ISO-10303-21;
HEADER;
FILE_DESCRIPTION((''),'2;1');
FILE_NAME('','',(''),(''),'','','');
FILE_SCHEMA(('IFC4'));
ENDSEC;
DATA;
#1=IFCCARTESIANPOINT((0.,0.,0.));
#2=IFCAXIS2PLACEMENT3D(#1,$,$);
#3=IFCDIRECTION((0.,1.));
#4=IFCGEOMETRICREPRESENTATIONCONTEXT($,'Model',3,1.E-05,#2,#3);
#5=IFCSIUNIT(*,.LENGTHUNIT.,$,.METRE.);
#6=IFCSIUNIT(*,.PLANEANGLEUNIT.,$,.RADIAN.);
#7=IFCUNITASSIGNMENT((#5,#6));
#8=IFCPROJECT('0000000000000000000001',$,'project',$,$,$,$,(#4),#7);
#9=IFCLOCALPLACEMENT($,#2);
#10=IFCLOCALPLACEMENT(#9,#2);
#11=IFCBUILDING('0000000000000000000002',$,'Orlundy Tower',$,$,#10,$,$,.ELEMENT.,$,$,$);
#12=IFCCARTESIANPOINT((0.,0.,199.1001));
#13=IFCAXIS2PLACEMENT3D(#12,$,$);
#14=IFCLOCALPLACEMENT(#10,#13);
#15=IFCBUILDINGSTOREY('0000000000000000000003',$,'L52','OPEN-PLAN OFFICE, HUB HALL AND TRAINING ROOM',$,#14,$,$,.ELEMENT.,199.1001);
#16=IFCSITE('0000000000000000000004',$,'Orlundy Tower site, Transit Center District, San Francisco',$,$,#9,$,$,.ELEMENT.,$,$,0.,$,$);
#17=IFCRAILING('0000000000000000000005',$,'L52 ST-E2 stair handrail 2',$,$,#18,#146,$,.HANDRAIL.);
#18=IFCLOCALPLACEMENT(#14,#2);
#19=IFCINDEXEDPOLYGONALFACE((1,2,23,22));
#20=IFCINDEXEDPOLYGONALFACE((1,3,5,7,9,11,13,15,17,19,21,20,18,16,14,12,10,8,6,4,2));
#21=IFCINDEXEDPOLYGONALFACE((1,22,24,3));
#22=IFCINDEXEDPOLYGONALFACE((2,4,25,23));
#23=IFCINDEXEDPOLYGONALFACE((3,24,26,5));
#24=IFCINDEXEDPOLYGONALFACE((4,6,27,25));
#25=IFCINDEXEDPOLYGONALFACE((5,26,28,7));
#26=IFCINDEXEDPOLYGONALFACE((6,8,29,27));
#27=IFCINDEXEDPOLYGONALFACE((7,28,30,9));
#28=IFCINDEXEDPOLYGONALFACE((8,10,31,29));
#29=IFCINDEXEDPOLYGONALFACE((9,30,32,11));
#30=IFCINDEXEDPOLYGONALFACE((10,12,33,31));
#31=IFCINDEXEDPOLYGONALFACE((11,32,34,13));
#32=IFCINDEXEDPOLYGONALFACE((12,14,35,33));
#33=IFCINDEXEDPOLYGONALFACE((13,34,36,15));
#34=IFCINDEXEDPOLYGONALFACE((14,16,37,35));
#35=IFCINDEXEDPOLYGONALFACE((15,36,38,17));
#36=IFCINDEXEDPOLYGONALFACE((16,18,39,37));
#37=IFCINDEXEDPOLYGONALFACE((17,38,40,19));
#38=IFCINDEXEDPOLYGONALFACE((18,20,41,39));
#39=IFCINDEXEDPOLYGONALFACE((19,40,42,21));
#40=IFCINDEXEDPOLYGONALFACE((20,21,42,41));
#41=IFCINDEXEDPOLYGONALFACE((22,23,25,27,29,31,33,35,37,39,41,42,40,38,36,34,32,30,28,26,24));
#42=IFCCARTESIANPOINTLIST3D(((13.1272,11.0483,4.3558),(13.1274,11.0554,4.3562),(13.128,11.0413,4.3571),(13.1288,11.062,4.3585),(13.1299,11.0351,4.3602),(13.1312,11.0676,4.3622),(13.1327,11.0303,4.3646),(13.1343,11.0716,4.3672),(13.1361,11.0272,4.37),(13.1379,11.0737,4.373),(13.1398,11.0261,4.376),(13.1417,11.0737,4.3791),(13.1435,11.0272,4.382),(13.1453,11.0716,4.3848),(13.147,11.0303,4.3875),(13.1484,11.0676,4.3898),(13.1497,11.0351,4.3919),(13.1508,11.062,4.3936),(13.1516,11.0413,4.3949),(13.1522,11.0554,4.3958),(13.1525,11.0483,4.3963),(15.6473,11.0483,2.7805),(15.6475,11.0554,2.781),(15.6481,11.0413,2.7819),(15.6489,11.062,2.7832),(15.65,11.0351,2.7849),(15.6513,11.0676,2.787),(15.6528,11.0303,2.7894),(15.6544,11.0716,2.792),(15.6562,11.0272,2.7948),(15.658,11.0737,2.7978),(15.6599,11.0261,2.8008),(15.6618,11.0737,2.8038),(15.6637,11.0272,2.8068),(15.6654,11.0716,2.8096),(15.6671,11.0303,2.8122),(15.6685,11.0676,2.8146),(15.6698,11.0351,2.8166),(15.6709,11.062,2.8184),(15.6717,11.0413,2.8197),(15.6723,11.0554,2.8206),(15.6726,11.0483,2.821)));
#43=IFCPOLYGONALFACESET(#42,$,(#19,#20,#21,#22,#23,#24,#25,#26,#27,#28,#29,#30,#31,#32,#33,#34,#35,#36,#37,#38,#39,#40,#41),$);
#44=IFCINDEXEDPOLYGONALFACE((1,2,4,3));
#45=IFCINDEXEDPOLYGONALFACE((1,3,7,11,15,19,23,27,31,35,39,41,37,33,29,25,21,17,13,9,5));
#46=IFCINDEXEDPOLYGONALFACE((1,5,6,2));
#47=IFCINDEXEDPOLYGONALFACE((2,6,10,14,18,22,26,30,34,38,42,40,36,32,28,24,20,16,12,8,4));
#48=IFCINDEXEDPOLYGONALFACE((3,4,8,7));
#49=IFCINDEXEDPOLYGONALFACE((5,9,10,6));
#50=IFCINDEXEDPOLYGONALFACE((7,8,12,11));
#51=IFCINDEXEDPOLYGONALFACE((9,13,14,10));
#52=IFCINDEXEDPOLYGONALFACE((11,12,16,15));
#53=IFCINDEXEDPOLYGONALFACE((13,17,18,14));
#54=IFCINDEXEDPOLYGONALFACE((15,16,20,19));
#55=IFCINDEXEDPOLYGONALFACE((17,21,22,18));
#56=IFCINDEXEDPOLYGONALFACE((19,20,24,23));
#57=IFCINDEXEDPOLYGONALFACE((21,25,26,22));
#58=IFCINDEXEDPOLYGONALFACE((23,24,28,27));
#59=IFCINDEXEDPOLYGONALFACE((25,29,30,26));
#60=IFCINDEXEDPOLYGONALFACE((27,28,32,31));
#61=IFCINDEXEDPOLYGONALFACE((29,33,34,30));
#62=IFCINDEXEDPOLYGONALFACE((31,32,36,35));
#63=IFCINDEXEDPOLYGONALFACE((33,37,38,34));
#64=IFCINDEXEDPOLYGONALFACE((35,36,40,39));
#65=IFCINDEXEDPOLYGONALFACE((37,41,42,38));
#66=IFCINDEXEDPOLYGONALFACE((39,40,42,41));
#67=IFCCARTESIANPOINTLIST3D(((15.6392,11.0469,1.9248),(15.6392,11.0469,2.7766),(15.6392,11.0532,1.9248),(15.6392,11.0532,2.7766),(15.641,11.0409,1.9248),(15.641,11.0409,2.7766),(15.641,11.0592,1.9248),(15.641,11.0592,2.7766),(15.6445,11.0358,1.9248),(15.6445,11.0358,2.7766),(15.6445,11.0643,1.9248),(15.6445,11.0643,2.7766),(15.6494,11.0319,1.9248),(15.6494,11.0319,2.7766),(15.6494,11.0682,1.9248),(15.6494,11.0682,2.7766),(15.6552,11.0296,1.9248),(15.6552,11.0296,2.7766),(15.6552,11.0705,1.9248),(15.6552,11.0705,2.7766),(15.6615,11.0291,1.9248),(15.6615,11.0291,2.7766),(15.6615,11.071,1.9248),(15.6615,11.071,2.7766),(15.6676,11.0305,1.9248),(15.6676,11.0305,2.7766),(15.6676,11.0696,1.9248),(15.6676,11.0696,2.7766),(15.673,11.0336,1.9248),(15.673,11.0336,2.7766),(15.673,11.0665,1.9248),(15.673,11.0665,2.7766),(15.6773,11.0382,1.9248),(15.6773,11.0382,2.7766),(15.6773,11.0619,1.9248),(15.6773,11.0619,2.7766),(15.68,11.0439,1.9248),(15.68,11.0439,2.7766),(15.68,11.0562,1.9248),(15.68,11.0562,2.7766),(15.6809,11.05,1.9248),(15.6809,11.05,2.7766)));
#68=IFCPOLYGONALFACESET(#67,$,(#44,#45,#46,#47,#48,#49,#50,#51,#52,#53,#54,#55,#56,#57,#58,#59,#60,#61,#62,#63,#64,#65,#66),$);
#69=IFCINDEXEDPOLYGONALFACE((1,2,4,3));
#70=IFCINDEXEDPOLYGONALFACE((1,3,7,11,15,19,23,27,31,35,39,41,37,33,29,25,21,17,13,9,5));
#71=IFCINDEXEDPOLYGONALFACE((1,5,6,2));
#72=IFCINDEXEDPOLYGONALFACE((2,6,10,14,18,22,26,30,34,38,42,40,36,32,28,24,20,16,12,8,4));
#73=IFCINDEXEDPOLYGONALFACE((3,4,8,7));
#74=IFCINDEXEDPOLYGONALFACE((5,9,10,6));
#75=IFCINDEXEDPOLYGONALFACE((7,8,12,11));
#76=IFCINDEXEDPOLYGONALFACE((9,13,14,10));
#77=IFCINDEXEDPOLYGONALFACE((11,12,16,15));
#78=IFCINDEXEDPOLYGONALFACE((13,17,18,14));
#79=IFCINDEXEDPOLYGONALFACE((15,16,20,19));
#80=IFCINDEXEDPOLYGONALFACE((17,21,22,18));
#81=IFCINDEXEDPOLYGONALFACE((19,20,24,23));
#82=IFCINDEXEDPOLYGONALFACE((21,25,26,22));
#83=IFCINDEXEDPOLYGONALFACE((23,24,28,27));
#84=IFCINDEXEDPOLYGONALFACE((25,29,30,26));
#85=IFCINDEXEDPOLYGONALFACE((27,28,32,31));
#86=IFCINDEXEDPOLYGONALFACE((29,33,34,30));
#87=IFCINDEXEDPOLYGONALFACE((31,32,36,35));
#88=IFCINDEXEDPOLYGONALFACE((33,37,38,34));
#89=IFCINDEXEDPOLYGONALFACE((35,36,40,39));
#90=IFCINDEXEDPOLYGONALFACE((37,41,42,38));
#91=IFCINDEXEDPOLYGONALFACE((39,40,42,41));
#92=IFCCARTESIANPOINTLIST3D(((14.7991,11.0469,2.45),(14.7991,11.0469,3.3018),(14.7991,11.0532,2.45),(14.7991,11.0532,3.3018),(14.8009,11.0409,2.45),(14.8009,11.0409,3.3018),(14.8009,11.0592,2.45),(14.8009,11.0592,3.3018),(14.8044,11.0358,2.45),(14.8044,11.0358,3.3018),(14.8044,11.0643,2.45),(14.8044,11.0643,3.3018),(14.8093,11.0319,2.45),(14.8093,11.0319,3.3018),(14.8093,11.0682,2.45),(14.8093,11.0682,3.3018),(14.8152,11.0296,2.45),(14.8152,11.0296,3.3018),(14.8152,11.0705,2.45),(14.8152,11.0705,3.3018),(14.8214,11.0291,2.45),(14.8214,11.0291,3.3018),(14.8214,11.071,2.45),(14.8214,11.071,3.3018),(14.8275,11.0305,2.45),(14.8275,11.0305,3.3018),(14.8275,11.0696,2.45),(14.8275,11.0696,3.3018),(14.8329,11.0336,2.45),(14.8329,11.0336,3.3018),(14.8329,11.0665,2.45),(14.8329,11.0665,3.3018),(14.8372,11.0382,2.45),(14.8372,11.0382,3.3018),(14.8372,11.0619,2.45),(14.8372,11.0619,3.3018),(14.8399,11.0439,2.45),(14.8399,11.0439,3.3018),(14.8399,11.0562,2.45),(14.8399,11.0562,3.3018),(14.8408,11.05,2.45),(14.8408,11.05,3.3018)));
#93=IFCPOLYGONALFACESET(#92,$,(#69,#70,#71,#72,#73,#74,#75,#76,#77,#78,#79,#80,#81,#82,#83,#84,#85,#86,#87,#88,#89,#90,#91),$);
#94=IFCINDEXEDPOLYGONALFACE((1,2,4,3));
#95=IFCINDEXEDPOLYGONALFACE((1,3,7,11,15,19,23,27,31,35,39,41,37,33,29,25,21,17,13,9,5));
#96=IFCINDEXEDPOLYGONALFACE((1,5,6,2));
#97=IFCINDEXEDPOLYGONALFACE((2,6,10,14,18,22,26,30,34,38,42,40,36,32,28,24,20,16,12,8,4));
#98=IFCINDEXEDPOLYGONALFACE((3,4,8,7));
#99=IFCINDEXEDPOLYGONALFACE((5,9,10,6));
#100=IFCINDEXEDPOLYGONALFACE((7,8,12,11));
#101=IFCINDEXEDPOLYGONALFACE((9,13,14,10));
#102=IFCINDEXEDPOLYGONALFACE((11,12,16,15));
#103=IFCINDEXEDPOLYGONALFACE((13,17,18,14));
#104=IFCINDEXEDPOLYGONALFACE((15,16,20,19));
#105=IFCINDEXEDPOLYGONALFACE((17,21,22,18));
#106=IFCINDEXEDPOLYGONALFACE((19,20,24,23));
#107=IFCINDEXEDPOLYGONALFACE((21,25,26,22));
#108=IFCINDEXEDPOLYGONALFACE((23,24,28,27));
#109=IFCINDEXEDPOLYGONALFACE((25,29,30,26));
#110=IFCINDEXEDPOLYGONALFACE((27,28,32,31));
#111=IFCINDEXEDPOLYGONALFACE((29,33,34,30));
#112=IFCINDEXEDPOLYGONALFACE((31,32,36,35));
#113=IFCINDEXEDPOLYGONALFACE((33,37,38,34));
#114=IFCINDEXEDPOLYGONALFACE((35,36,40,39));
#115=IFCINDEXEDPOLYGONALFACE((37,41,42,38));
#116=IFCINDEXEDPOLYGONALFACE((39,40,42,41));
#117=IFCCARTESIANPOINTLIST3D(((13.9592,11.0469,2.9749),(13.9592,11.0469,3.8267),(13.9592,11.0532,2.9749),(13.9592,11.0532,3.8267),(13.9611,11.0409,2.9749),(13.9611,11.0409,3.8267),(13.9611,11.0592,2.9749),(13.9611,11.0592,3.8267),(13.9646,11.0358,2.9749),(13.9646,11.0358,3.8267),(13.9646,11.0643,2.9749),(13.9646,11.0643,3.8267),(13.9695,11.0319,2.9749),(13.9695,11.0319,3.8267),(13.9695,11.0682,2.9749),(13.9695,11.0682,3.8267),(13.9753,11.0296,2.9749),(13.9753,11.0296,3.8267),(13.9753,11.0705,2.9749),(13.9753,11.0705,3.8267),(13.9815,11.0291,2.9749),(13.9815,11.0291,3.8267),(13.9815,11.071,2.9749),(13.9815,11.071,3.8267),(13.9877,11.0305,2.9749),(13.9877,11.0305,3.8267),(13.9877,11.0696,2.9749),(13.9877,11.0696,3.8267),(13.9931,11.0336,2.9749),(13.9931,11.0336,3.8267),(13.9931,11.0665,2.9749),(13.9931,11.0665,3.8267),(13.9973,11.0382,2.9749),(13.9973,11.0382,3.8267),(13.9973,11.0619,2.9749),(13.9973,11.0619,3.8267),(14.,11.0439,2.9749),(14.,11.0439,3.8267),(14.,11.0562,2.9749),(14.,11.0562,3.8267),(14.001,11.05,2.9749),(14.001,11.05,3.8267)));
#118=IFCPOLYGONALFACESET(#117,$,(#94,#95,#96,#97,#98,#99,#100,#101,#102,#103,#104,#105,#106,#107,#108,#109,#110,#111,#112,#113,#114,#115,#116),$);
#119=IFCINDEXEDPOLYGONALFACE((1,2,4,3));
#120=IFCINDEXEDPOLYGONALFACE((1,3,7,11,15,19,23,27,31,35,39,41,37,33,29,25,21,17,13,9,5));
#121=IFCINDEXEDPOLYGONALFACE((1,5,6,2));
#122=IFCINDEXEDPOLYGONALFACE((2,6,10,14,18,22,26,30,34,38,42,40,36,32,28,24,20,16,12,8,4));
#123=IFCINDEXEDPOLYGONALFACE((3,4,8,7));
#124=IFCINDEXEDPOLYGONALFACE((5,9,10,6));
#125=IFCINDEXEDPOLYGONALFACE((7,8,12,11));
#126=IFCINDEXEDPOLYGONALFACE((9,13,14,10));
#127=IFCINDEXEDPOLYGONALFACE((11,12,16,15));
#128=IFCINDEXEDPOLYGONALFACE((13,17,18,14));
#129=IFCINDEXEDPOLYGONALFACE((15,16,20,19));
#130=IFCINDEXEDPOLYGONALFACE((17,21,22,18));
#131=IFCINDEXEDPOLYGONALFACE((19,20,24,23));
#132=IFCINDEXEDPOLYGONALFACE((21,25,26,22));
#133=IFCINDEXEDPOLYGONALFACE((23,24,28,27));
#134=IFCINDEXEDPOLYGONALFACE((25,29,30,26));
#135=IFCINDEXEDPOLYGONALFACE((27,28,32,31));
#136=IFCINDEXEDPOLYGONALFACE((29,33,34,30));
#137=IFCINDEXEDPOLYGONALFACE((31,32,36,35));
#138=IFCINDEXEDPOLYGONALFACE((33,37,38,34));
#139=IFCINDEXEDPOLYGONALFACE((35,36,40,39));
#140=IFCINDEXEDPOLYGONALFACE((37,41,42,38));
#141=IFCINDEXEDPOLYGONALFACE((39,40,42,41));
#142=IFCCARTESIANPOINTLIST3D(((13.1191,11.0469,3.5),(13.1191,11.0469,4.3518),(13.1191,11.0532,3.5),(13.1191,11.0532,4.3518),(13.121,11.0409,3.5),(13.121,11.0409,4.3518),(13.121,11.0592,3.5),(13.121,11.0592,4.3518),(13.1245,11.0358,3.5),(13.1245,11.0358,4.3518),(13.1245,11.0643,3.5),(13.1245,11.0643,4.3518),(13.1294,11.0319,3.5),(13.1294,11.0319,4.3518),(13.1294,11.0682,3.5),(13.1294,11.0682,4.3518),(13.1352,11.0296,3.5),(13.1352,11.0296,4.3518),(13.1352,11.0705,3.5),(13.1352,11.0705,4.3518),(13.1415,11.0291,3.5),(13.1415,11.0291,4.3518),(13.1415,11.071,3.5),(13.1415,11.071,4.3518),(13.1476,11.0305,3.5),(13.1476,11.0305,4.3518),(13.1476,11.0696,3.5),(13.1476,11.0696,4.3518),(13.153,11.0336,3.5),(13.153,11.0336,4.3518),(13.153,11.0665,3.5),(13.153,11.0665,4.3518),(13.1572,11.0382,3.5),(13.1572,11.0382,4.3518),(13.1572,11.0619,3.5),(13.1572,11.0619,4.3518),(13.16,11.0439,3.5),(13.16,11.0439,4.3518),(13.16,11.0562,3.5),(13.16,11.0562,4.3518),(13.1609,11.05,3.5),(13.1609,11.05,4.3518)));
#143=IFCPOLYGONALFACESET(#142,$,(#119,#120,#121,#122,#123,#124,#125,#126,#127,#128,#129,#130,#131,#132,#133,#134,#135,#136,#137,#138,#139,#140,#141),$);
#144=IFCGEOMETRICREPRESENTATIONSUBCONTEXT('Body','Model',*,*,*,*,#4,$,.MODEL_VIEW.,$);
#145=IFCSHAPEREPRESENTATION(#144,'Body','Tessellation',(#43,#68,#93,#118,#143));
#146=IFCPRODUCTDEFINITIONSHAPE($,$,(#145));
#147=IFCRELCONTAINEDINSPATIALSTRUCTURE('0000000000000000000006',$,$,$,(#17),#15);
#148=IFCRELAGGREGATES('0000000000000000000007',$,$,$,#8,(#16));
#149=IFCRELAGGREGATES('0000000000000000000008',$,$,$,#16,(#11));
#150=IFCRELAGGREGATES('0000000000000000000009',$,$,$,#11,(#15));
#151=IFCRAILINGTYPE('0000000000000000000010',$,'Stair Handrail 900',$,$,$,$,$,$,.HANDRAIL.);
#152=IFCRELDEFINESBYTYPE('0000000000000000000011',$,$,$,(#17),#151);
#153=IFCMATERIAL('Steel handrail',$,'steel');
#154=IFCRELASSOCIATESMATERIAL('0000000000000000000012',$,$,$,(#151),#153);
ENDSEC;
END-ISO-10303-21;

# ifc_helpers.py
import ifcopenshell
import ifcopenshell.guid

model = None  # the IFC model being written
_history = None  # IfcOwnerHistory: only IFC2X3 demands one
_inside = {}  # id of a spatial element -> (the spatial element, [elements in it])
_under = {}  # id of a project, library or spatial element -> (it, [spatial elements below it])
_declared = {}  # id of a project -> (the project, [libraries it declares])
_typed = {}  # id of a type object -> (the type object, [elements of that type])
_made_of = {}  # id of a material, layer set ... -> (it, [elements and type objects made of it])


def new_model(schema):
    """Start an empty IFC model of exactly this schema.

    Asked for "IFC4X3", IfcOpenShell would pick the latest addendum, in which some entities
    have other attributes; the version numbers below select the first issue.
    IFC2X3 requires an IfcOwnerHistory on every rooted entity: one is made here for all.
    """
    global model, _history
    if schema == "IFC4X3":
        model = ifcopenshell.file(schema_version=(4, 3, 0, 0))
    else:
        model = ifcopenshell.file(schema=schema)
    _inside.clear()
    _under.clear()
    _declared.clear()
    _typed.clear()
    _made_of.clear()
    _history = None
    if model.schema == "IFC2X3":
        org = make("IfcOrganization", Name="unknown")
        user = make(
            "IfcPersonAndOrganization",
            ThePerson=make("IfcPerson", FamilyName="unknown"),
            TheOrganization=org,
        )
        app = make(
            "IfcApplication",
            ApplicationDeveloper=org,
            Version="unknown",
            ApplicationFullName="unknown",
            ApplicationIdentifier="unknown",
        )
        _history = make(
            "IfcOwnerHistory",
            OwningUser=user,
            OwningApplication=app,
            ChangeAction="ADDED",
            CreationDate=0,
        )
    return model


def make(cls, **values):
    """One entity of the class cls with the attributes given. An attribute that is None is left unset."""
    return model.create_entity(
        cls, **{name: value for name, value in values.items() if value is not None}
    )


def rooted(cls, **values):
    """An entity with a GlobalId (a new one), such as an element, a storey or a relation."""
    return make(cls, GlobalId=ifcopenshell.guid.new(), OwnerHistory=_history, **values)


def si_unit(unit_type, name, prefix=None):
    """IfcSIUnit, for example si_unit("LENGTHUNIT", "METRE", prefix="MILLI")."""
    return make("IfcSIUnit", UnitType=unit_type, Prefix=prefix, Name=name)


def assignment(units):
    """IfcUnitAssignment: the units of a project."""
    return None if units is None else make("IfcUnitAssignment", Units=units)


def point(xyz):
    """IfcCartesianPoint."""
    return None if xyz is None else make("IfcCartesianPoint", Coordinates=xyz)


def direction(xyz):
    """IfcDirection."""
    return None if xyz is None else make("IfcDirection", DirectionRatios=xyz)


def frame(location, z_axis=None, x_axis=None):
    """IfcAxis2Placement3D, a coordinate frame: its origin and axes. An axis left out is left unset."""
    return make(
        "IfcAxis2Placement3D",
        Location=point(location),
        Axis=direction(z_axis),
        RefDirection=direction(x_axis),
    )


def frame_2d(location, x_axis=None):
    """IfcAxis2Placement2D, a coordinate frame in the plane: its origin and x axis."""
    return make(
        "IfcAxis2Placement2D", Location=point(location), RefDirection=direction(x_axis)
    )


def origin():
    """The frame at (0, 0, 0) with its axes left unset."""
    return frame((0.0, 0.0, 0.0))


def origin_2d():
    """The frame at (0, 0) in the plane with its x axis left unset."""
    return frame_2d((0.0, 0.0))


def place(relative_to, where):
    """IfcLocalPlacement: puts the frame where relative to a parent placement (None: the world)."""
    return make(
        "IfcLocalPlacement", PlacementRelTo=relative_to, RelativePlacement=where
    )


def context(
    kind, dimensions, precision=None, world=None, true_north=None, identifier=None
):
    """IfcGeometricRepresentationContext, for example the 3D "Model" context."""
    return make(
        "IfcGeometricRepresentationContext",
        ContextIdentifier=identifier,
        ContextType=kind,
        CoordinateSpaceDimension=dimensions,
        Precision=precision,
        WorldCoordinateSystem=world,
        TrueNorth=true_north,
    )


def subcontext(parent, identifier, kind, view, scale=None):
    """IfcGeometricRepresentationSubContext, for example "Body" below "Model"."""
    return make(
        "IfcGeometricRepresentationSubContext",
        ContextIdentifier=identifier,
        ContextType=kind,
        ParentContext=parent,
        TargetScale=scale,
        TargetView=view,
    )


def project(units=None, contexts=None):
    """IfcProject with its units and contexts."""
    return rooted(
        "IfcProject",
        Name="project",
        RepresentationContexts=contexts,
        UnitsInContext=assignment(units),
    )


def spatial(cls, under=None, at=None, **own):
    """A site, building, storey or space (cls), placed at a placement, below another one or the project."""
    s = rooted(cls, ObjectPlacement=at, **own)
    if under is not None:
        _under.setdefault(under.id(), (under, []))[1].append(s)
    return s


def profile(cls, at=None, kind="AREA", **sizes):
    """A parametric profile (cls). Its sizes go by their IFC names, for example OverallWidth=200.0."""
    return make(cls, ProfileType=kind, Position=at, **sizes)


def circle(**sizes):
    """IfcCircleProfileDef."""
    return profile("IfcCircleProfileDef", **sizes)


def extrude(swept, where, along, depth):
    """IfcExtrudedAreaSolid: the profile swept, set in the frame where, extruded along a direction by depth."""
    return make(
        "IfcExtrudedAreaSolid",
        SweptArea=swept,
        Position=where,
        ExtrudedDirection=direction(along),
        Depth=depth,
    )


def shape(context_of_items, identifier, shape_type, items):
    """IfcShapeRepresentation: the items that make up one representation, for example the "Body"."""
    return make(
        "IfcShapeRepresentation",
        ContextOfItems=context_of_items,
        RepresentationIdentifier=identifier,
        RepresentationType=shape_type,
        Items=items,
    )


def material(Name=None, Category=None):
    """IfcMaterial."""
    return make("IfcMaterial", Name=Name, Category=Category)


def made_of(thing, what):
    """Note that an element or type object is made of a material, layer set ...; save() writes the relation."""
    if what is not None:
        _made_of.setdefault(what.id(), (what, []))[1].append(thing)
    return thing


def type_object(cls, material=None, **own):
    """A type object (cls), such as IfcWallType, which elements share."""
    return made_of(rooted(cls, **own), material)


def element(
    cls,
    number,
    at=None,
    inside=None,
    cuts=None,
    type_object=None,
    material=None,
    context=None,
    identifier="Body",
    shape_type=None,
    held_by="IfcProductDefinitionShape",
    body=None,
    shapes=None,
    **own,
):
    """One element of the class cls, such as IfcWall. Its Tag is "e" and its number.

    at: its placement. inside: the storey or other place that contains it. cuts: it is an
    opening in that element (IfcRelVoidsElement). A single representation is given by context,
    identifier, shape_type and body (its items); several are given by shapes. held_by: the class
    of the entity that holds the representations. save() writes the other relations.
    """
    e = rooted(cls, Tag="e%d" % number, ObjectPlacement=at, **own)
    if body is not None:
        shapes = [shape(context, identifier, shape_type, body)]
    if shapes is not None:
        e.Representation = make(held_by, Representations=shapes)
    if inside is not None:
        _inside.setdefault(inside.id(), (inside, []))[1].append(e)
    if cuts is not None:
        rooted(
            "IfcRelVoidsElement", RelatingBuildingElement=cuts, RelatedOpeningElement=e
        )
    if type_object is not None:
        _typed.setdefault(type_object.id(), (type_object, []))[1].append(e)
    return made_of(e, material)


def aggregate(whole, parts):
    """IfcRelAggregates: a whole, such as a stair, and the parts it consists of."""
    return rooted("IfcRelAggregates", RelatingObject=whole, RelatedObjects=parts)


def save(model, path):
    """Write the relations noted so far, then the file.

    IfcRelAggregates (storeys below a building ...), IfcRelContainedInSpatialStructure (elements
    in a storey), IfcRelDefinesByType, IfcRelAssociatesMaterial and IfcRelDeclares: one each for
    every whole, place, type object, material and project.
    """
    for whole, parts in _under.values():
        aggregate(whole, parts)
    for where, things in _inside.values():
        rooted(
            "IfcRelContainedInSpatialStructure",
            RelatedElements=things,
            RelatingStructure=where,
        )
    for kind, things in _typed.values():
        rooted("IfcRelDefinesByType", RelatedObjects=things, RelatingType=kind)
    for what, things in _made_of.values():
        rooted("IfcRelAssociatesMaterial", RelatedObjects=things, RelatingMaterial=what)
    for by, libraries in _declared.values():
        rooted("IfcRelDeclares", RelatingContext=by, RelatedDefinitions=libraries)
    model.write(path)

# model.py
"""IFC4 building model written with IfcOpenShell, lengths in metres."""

from ifc_helpers import new_model, si_unit, direction, frame, origin, origin_2d, place, context, subcontext, project, spatial, circle, extrude, material, type_object, element, save


model = new_model("IFC4")

# Units and contexts
model_context = context("Model", 3, precision=1e-05, world=origin(), true_north=direction((0.0, 1.0)))
body_context = subcontext(model_context, "Body", "Model", "MODEL_VIEW")
ifc_project = project(units=[si_unit("LENGTHUNIT", "METRE"), si_unit("PLANEANGLEUNIT", "RADIAN")], contexts=[model_context])

# Site, building, storey
site_placement = place(None, origin())
site = spatial("IfcSite", under=ifc_project, at=site_placement, Name="Orlundy Tower site, Transit Center District, San Francisco", CompositionType="ELEMENT", RefElevation=0.0)
building_placement = place(site_placement, origin())
building = spatial("IfcBuilding", under=site, at=building_placement, Name="Orlundy Tower", CompositionType="ELEMENT")
storey_placement = place(building_placement, frame((0.0, 0.0, 199.1001)))
storey = spatial("IfcBuildingStorey", under=building, at=storey_placement, Name="L52", Description="OPEN-PLAN OFFICE, HUB HALL AND TRAINING ROOM", CompositionType="ELEMENT", Elevation=199.1001)

# Railing
ifc_material_1 = material(Name="Steel handrail", Category="steel")
railing_type_1 = type_object("IfcRailingType", Name="Stair Handrail 900", PredefinedType="HANDRAIL", material=ifc_material_1)
railing_1_placement = place(storey_placement, frame((15.6599, 11.05, 1.9248)))
element("IfcRailing", 1, at=railing_1_placement, inside=storey, type_object=railing_type_1, Name="L52 ST-E2 stair handrail 2", PredefinedType="HANDRAIL", context=body_context, shape_type="SweptSolid", body=[
    extrude(circle(Radius=0.0239, at=origin_2d()), frame((0.0, 0.0, 0.876), z_axis=(-0.847971, 0.0, 0.530043), x_axis=(0.0, -1.0, 0.0)), (0.0, 0.0, 1.0), 2.9719),
    extrude(circle(Radius=0.021, at=origin_2d()), origin(), (0.0, 0.0, 1.0), 0.8518),
    extrude(circle(Radius=0.021, at=origin_2d()), frame((-0.8401, 0.0, 0.5251)), (0.0, 0.0, 1.0), 0.8518),
    extrude(circle(Radius=0.021, at=origin_2d()), frame((-1.6799, 0.0, 1.05)), (0.0, 0.0, 1.0), 0.8518),
    extrude(circle(Radius=0.021, at=origin_2d()), frame((-2.52, 0.0, 1.5752)), (0.0, 0.0, 1.0), 0.8518),
])

save(model, "model.ifc")
